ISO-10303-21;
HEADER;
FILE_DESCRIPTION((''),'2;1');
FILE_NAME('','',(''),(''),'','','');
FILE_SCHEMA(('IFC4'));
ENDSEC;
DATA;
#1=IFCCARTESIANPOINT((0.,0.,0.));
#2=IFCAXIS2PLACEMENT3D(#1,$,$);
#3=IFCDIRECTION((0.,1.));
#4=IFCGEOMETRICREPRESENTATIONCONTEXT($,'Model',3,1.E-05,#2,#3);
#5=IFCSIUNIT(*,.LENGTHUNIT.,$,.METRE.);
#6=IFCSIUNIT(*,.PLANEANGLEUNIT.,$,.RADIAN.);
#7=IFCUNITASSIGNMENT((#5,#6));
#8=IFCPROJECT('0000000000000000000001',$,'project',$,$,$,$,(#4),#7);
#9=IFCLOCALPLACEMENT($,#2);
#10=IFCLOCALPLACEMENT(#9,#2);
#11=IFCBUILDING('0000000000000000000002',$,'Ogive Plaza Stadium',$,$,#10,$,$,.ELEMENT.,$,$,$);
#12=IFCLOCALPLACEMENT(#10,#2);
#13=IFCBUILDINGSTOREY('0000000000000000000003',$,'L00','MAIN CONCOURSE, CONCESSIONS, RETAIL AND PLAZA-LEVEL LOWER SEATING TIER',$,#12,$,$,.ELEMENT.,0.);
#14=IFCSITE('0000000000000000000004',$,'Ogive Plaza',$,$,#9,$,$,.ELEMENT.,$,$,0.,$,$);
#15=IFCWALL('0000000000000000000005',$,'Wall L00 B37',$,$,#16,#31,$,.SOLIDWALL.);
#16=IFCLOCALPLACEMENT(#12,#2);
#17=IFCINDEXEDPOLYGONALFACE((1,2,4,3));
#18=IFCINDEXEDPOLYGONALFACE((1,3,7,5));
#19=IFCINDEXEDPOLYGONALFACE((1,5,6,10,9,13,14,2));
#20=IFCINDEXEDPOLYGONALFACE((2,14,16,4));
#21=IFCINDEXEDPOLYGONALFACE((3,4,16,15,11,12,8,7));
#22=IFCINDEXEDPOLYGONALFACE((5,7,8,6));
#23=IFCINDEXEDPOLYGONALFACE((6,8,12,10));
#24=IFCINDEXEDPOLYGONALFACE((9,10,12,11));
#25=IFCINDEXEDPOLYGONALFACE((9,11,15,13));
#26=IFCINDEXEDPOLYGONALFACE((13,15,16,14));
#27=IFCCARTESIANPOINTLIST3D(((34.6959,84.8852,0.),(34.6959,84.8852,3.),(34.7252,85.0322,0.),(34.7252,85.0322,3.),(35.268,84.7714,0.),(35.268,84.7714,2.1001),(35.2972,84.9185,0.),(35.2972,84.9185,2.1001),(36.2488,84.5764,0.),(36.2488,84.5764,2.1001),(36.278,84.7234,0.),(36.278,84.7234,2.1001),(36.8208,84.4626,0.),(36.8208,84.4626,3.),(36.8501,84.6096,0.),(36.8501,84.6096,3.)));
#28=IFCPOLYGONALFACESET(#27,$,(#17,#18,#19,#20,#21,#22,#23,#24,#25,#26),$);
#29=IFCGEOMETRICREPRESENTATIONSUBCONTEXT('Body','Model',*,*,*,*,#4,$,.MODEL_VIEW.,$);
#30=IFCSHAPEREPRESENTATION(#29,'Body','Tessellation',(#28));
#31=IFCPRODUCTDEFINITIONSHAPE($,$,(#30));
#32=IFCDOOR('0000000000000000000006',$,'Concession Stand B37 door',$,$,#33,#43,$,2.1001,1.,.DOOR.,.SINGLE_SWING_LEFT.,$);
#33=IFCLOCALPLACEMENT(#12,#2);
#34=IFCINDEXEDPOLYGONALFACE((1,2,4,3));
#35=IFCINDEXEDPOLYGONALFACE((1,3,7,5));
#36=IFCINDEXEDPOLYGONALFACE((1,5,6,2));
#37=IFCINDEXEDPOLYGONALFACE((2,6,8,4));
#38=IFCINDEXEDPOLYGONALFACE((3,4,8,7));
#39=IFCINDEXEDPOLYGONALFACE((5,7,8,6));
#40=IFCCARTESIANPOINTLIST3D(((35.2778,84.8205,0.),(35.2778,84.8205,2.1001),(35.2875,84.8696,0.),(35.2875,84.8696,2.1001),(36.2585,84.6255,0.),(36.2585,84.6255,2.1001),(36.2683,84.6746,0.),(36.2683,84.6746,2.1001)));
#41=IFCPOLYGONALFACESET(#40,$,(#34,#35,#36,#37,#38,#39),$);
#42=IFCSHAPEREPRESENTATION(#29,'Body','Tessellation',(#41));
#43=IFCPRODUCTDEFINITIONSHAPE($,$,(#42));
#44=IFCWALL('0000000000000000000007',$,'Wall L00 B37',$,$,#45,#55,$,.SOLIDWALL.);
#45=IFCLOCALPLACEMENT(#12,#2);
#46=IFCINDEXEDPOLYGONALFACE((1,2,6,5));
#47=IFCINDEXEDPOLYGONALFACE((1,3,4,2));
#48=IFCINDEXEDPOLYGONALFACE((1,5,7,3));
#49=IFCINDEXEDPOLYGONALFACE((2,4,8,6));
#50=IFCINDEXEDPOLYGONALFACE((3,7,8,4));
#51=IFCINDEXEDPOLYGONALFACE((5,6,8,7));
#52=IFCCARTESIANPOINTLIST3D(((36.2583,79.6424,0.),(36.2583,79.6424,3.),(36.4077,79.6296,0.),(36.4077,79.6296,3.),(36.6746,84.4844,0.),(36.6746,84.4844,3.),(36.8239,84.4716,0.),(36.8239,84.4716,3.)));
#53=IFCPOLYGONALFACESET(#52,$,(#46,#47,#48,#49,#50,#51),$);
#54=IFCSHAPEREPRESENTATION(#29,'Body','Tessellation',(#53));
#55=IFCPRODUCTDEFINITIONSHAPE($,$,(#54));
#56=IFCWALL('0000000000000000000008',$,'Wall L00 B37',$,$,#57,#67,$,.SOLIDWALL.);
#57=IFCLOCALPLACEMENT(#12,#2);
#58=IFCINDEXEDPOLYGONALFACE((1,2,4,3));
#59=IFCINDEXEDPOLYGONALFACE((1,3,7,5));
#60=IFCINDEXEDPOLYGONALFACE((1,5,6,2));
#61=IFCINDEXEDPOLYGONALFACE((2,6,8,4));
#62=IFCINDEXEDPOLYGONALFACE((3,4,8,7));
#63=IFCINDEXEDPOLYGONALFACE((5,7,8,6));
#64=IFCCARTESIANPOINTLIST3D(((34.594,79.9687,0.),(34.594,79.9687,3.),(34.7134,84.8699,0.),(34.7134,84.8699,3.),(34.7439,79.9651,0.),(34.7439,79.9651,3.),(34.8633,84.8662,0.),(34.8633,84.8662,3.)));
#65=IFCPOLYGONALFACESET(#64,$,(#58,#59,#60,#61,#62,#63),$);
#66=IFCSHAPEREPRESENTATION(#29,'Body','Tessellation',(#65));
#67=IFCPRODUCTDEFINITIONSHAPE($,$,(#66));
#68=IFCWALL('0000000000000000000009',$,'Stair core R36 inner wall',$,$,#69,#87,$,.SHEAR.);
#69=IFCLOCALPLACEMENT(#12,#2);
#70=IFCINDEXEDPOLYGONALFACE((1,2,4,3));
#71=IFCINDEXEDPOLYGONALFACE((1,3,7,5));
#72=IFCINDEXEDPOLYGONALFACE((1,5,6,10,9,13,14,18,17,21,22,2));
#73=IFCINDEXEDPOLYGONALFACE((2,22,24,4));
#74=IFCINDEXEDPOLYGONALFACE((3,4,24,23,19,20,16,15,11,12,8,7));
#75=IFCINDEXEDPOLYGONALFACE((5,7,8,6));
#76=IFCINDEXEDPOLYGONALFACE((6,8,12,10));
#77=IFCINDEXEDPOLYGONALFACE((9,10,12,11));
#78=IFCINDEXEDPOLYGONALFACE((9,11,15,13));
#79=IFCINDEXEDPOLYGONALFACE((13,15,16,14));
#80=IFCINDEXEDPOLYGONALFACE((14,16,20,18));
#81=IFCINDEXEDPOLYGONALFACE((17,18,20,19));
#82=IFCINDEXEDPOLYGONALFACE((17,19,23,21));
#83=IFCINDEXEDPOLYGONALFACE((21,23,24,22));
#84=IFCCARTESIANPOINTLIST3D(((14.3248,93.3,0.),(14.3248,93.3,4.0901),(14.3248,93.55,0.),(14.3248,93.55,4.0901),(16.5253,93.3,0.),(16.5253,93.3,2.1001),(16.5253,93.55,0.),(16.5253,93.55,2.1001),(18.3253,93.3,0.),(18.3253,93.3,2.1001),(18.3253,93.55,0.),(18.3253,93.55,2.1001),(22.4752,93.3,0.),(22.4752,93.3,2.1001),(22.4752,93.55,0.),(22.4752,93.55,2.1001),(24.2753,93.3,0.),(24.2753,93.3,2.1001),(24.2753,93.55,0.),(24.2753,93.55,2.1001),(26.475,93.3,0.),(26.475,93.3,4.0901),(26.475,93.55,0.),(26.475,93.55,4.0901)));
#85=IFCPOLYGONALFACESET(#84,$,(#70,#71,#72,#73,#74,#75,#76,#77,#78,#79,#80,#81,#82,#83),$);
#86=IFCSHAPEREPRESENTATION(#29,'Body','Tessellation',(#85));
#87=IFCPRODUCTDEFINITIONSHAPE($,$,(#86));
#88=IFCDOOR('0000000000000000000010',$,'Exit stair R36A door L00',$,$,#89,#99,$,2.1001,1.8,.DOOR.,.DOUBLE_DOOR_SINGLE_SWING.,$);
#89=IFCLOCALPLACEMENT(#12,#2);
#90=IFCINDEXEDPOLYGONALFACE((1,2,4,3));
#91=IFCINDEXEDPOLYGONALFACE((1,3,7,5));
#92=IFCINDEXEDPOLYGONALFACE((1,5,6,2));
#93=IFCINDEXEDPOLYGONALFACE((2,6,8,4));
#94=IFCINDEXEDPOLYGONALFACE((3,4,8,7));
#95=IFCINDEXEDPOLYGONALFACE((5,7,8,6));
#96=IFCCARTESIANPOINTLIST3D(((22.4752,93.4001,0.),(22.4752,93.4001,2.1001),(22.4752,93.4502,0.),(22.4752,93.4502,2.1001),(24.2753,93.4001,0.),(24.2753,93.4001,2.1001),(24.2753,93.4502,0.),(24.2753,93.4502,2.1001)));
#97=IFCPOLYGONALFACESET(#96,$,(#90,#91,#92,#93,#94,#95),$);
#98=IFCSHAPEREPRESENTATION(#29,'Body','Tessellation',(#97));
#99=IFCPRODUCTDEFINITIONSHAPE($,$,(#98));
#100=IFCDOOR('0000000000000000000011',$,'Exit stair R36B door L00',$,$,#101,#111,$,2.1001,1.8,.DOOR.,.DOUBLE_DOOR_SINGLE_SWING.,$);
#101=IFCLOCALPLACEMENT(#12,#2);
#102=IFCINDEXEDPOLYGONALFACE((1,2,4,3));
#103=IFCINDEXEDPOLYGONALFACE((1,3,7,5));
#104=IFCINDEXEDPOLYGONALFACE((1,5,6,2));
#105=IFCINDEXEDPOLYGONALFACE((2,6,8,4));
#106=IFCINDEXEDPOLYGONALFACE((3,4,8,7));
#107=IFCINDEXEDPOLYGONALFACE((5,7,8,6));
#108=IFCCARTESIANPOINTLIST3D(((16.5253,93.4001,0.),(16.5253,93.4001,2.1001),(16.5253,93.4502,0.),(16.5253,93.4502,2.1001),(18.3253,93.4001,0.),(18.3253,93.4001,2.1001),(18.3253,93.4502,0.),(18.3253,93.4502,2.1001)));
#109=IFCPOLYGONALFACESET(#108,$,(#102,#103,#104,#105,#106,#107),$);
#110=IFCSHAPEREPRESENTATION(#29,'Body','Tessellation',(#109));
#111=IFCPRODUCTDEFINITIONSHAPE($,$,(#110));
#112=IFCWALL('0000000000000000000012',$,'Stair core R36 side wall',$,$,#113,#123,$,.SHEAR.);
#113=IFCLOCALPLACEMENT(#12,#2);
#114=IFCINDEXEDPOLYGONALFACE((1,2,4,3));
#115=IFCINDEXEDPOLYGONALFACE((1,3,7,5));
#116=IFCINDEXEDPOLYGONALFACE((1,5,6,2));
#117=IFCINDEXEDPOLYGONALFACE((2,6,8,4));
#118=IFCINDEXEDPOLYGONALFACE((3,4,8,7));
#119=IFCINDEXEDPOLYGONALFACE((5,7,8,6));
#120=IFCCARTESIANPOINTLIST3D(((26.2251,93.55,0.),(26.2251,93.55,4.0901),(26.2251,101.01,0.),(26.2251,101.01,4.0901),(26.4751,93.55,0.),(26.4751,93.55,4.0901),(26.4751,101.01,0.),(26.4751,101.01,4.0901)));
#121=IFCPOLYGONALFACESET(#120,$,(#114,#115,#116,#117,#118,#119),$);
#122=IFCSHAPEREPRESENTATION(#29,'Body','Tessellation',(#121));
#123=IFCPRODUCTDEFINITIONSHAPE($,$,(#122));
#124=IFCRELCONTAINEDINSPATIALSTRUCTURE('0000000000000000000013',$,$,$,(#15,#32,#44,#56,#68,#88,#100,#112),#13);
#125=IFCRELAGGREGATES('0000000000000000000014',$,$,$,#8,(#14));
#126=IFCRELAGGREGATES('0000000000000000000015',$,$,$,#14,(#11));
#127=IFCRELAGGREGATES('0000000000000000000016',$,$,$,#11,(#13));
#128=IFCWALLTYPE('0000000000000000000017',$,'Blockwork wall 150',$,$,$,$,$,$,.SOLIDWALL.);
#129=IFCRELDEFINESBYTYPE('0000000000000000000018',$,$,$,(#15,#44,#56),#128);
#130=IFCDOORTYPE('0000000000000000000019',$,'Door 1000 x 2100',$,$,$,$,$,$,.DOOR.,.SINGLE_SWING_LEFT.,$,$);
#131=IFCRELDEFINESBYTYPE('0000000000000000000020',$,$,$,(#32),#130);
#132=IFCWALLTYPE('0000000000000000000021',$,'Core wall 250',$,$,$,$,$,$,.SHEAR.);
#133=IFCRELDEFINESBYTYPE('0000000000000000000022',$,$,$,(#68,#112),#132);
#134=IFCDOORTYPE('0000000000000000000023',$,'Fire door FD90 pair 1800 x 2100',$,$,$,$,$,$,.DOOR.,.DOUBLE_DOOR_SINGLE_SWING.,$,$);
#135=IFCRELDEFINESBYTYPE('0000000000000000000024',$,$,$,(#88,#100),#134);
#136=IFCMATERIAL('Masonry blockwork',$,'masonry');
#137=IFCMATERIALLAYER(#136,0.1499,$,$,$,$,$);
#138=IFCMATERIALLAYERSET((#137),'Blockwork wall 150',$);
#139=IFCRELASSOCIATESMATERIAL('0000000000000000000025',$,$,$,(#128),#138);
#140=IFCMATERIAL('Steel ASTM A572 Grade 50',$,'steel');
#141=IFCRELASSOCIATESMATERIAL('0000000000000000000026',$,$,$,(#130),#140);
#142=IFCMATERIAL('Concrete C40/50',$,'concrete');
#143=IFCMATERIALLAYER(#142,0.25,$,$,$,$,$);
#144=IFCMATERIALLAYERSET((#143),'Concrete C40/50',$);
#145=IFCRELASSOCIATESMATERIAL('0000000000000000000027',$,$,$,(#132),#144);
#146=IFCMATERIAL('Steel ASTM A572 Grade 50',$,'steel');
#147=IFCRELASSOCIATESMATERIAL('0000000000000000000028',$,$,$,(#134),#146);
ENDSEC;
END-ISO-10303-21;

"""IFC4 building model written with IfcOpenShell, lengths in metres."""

from ifc_helpers import new_model, si_unit, direction, frame, frame_2d, origin, place, context, subcontext, project, spatial, rectangle, extrude, material, layer, layer_set, type_object, element, fill, save


model = new_model("IFC4")

# Units and contexts
model_context = context("Model", 3, precision=1e-05, world=origin(), true_north=direction((0.0, 1.0)))
body_context = subcontext(model_context, "Body", "Model", "MODEL_VIEW")
ifc_project = project(units=[si_unit("LENGTHUNIT", "METRE"), si_unit("PLANEANGLEUNIT", "RADIAN")], contexts=[model_context])

# Site, building, storey
site_placement = place(None, origin())
site = spatial("IfcSite", under=ifc_project, at=site_placement, Name="Ogive Plaza", CompositionType="ELEMENT", RefElevation=0.0)
building_placement = place(site_placement, origin())
building = spatial("IfcBuilding", under=site, at=building_placement, Name="Ogive Plaza Stadium", CompositionType="ELEMENT")
storey_placement = place(building_placement, origin())
storey = spatial("IfcBuildingStorey", under=building, at=storey_placement, Name="L00", Description="MAIN CONCOURSE, CONCESSIONS, RETAIL AND PLAZA-LEVEL LOWER SEATING TIER", CompositionType="ELEMENT", Elevation=0.0)

# Shared definitions
ifc_material_1 = material(Name="Masonry blockwork", Category="masonry")
ifc_layer_1 = layer(ifc_material_1, 0.1499)
ifc_layer_set_1 = layer_set([ifc_layer_1], Name="Blockwork wall 150")
wall_type_1 = type_object("IfcWallType", Name="Blockwork wall 150", PredefinedType="SOLIDWALL", material=ifc_layer_set_1)

# Shared definitions
ifc_material_2 = material(Name="Steel ASTM A572 Grade 50", Category="steel")
door_type_1 = type_object("IfcDoorType", Name="Door 1000 x 2100", OperationType="SINGLE_SWING_LEFT", PredefinedType="DOOR", material=ifc_material_2)

# Wall, opening, door
wall_1_placement = place(storey_placement, frame((36.8354, 84.5361, 0.0), z_axis=(0.0, 0.0, 1.0), x_axis=(-0.980792, 0.195054, 0.0)))
wall_1 = element("IfcWall", 1, at=wall_1_placement, inside=storey, type_object=wall_type_1, Name="Wall L00 B37", PredefinedType="SOLIDWALL", context=body_context, shape_type="SweptSolid", body=[
    extrude(rectangle(XDim=2.1665, YDim=0.1499, at=frame_2d((1.0833, 0.0))), origin(), (0.0, 0.0, 1.0), 3.0),
])
opening_1_placement = place(wall_1_placement, frame((0.5833, 0.0, 0.0)))
opening_1 = element("IfcOpeningElement", 2, at=opening_1_placement, cuts=wall_1, PredefinedType="OPENING", context=body_context, shape_type="SweptSolid", body=[
    extrude(rectangle(XDim=1.0, YDim=2.1001, at=frame_2d((0.5, 1.05))), frame((0.0, 0.075, 0.0), z_axis=(0.0, -1.0, 0.0), x_axis=(1.0, 0.0, 0.0)), (0.0, 0.0, 1.0), 0.1499),
])
door_1_placement = place(opening_1_placement, origin())
door_1 = element("IfcDoor", 3, at=door_1_placement, inside=storey, type_object=door_type_1, Name="Concession Stand B37 door", OperationType="SINGLE_SWING_LEFT", OverallHeight=2.1001, OverallWidth=1.0, PredefinedType="DOOR", context=body_context, shape_type="SweptSolid", body=[
    extrude(rectangle(XDim=1.0, YDim=2.1001, at=frame_2d((0.5, 1.05))), frame((0.0, 0.0249, 0.0), z_axis=(0.0, -1.0, 0.0), x_axis=(1.0, 0.0, 0.0)), (0.0, 0.0, 1.0), 0.05),
])
fill(opening_1, door_1)

# Walls
wall_2_placement = place(storey_placement, frame((36.333, 79.636, 0.0), z_axis=(0.0, 0.0, 1.0), x_axis=(0.085652, 0.996325, 0.0)))
element("IfcWall", 4, at=wall_2_placement, inside=storey, type_object=wall_type_1, Name="Wall L00 B37", PredefinedType="SOLIDWALL", context=body_context, shape_type="SweptSolid", body=[
    extrude(rectangle(XDim=4.8599, YDim=0.1499, at=frame_2d((2.4299, 0.0))), origin(), (0.0, 0.0, 1.0), 3.0),
])
wall_3_placement = place(storey_placement, frame((34.6689, 79.967, 0.0), z_axis=(0.0, 0.0, 1.0), x_axis=(0.024351, 0.999703, 0.0)))
element("IfcWall", 5, at=wall_3_placement, inside=storey, type_object=wall_type_1, Name="Wall L00 B37", PredefinedType="SOLIDWALL", context=body_context, shape_type="SweptSolid", body=[
    extrude(rectangle(XDim=4.9026, YDim=0.1499, at=frame_2d((2.4512, 0.0))), origin(), (0.0, 0.0, 1.0), 3.0),
])

# Wall, openings, doors
ifc_material_3 = material(Name="Concrete C40/50", Category="concrete")
ifc_layer_2 = layer(ifc_material_3, 0.25)
ifc_layer_set_2 = layer_set([ifc_layer_2], Name="Concrete C40/50")
wall_type_2 = type_object("IfcWallType", Name="Core wall 250", PredefinedType="SHEAR", material=ifc_layer_set_2)
wall_4_placement = place(storey_placement, frame((26.4751, 93.425, 0.0), z_axis=(0.0, 0.0, 1.0), x_axis=(-1.0, 0.0, 0.0)))
wall_4 = element("IfcWall", 6, at=wall_4_placement, inside=storey, type_object=wall_type_2, Name="Stair core R36 inner wall", PredefinedType="SHEAR", context=body_context, shape_type="SweptSolid", body=[
    extrude(rectangle(XDim=12.1501, YDim=0.25, at=frame_2d((6.0752, 0.0))), origin(), (0.0, 0.0, 1.0), 4.0901),
])
opening_2_placement = place(wall_4_placement, frame((2.2, 0.0, 0.0)))
opening_2 = element("IfcOpeningElement", 7, at=opening_2_placement, cuts=wall_4, PredefinedType="OPENING", context=body_context, shape_type="SweptSolid", body=[
    extrude(rectangle(XDim=1.8, YDim=2.1001, at=frame_2d((0.8999, 1.05))), frame((0.0, 0.125, 0.0), z_axis=(0.0, -1.0, 0.0), x_axis=(1.0, 0.0, 0.0)), (0.0, 0.0, 1.0), 0.25),
])
opening_3_placement = place(wall_4_placement, frame((8.1499, 0.0, 0.0)))
opening_3 = element("IfcOpeningElement", 8, at=opening_3_placement, cuts=wall_4, PredefinedType="OPENING", context=body_context, shape_type="SweptSolid", body=[
    extrude(rectangle(XDim=1.8, YDim=2.1001, at=frame_2d((0.8999, 1.05))), frame((0.0, 0.125, 0.0), z_axis=(0.0, -1.0, 0.0), x_axis=(1.0, 0.0, 0.0)), (0.0, 0.0, 1.0), 0.25),
])
ifc_material_4 = material(Name="Steel ASTM A572 Grade 50", Category="steel")
door_type_2 = type_object("IfcDoorType", Name="Fire door FD90 pair 1800 x 2100", OperationType="DOUBLE_DOOR_SINGLE_SWING", PredefinedType="DOOR", material=ifc_material_4)
door_2_placement = place(opening_2_placement, origin())
door_2 = element("IfcDoor", 9, at=door_2_placement, inside=storey, type_object=door_type_2, Name="Exit stair R36A door L00", OperationType="DOUBLE_DOOR_SINGLE_SWING", OverallHeight=2.1001, OverallWidth=1.8, PredefinedType="DOOR", context=body_context, shape_type="SweptSolid", body=[
    extrude(rectangle(XDim=1.8, YDim=2.1001, at=frame_2d((0.8999, 1.05))), frame((0.0, 0.0249, 0.0), z_axis=(0.0, -1.0, 0.0), x_axis=(1.0, 0.0, 0.0)), (0.0, 0.0, 1.0), 0.05),
])
fill(opening_2, door_2)
door_3_placement = place(opening_3_placement, origin())
door_3 = element("IfcDoor", 10, at=door_3_placement, inside=storey, type_object=door_type_2, Name="Exit stair R36B door L00", OperationType="DOUBLE_DOOR_SINGLE_SWING", OverallHeight=2.1001, OverallWidth=1.8, PredefinedType="DOOR", context=body_context, shape_type="SweptSolid", body=[
    extrude(rectangle(XDim=1.8, YDim=2.1001, at=frame_2d((0.8999, 1.05))), frame((0.0, 0.0249, 0.0), z_axis=(0.0, -1.0, 0.0), x_axis=(1.0, 0.0, 0.0)), (0.0, 0.0, 1.0), 0.05),
])
fill(opening_3, door_3)

# Wall
wall_5_placement = place(storey_placement, frame((26.3501, 93.55, 0.0), z_axis=(0.0, 0.0, 1.0), x_axis=(0.0, 1.0, 0.0)))
element("IfcWall", 11, at=wall_5_placement, inside=storey, type_object=wall_type_2, Name="Stair core R36 side wall", PredefinedType="SHEAR", context=body_context, shape_type="SweptSolid", body=[
    extrude(rectangle(XDim=7.46, YDim=0.25, at=frame_2d((3.73, 0.0))), origin(), (0.0, 0.0, 1.0), 4.0901),
])

save(model, "model.ifc")
